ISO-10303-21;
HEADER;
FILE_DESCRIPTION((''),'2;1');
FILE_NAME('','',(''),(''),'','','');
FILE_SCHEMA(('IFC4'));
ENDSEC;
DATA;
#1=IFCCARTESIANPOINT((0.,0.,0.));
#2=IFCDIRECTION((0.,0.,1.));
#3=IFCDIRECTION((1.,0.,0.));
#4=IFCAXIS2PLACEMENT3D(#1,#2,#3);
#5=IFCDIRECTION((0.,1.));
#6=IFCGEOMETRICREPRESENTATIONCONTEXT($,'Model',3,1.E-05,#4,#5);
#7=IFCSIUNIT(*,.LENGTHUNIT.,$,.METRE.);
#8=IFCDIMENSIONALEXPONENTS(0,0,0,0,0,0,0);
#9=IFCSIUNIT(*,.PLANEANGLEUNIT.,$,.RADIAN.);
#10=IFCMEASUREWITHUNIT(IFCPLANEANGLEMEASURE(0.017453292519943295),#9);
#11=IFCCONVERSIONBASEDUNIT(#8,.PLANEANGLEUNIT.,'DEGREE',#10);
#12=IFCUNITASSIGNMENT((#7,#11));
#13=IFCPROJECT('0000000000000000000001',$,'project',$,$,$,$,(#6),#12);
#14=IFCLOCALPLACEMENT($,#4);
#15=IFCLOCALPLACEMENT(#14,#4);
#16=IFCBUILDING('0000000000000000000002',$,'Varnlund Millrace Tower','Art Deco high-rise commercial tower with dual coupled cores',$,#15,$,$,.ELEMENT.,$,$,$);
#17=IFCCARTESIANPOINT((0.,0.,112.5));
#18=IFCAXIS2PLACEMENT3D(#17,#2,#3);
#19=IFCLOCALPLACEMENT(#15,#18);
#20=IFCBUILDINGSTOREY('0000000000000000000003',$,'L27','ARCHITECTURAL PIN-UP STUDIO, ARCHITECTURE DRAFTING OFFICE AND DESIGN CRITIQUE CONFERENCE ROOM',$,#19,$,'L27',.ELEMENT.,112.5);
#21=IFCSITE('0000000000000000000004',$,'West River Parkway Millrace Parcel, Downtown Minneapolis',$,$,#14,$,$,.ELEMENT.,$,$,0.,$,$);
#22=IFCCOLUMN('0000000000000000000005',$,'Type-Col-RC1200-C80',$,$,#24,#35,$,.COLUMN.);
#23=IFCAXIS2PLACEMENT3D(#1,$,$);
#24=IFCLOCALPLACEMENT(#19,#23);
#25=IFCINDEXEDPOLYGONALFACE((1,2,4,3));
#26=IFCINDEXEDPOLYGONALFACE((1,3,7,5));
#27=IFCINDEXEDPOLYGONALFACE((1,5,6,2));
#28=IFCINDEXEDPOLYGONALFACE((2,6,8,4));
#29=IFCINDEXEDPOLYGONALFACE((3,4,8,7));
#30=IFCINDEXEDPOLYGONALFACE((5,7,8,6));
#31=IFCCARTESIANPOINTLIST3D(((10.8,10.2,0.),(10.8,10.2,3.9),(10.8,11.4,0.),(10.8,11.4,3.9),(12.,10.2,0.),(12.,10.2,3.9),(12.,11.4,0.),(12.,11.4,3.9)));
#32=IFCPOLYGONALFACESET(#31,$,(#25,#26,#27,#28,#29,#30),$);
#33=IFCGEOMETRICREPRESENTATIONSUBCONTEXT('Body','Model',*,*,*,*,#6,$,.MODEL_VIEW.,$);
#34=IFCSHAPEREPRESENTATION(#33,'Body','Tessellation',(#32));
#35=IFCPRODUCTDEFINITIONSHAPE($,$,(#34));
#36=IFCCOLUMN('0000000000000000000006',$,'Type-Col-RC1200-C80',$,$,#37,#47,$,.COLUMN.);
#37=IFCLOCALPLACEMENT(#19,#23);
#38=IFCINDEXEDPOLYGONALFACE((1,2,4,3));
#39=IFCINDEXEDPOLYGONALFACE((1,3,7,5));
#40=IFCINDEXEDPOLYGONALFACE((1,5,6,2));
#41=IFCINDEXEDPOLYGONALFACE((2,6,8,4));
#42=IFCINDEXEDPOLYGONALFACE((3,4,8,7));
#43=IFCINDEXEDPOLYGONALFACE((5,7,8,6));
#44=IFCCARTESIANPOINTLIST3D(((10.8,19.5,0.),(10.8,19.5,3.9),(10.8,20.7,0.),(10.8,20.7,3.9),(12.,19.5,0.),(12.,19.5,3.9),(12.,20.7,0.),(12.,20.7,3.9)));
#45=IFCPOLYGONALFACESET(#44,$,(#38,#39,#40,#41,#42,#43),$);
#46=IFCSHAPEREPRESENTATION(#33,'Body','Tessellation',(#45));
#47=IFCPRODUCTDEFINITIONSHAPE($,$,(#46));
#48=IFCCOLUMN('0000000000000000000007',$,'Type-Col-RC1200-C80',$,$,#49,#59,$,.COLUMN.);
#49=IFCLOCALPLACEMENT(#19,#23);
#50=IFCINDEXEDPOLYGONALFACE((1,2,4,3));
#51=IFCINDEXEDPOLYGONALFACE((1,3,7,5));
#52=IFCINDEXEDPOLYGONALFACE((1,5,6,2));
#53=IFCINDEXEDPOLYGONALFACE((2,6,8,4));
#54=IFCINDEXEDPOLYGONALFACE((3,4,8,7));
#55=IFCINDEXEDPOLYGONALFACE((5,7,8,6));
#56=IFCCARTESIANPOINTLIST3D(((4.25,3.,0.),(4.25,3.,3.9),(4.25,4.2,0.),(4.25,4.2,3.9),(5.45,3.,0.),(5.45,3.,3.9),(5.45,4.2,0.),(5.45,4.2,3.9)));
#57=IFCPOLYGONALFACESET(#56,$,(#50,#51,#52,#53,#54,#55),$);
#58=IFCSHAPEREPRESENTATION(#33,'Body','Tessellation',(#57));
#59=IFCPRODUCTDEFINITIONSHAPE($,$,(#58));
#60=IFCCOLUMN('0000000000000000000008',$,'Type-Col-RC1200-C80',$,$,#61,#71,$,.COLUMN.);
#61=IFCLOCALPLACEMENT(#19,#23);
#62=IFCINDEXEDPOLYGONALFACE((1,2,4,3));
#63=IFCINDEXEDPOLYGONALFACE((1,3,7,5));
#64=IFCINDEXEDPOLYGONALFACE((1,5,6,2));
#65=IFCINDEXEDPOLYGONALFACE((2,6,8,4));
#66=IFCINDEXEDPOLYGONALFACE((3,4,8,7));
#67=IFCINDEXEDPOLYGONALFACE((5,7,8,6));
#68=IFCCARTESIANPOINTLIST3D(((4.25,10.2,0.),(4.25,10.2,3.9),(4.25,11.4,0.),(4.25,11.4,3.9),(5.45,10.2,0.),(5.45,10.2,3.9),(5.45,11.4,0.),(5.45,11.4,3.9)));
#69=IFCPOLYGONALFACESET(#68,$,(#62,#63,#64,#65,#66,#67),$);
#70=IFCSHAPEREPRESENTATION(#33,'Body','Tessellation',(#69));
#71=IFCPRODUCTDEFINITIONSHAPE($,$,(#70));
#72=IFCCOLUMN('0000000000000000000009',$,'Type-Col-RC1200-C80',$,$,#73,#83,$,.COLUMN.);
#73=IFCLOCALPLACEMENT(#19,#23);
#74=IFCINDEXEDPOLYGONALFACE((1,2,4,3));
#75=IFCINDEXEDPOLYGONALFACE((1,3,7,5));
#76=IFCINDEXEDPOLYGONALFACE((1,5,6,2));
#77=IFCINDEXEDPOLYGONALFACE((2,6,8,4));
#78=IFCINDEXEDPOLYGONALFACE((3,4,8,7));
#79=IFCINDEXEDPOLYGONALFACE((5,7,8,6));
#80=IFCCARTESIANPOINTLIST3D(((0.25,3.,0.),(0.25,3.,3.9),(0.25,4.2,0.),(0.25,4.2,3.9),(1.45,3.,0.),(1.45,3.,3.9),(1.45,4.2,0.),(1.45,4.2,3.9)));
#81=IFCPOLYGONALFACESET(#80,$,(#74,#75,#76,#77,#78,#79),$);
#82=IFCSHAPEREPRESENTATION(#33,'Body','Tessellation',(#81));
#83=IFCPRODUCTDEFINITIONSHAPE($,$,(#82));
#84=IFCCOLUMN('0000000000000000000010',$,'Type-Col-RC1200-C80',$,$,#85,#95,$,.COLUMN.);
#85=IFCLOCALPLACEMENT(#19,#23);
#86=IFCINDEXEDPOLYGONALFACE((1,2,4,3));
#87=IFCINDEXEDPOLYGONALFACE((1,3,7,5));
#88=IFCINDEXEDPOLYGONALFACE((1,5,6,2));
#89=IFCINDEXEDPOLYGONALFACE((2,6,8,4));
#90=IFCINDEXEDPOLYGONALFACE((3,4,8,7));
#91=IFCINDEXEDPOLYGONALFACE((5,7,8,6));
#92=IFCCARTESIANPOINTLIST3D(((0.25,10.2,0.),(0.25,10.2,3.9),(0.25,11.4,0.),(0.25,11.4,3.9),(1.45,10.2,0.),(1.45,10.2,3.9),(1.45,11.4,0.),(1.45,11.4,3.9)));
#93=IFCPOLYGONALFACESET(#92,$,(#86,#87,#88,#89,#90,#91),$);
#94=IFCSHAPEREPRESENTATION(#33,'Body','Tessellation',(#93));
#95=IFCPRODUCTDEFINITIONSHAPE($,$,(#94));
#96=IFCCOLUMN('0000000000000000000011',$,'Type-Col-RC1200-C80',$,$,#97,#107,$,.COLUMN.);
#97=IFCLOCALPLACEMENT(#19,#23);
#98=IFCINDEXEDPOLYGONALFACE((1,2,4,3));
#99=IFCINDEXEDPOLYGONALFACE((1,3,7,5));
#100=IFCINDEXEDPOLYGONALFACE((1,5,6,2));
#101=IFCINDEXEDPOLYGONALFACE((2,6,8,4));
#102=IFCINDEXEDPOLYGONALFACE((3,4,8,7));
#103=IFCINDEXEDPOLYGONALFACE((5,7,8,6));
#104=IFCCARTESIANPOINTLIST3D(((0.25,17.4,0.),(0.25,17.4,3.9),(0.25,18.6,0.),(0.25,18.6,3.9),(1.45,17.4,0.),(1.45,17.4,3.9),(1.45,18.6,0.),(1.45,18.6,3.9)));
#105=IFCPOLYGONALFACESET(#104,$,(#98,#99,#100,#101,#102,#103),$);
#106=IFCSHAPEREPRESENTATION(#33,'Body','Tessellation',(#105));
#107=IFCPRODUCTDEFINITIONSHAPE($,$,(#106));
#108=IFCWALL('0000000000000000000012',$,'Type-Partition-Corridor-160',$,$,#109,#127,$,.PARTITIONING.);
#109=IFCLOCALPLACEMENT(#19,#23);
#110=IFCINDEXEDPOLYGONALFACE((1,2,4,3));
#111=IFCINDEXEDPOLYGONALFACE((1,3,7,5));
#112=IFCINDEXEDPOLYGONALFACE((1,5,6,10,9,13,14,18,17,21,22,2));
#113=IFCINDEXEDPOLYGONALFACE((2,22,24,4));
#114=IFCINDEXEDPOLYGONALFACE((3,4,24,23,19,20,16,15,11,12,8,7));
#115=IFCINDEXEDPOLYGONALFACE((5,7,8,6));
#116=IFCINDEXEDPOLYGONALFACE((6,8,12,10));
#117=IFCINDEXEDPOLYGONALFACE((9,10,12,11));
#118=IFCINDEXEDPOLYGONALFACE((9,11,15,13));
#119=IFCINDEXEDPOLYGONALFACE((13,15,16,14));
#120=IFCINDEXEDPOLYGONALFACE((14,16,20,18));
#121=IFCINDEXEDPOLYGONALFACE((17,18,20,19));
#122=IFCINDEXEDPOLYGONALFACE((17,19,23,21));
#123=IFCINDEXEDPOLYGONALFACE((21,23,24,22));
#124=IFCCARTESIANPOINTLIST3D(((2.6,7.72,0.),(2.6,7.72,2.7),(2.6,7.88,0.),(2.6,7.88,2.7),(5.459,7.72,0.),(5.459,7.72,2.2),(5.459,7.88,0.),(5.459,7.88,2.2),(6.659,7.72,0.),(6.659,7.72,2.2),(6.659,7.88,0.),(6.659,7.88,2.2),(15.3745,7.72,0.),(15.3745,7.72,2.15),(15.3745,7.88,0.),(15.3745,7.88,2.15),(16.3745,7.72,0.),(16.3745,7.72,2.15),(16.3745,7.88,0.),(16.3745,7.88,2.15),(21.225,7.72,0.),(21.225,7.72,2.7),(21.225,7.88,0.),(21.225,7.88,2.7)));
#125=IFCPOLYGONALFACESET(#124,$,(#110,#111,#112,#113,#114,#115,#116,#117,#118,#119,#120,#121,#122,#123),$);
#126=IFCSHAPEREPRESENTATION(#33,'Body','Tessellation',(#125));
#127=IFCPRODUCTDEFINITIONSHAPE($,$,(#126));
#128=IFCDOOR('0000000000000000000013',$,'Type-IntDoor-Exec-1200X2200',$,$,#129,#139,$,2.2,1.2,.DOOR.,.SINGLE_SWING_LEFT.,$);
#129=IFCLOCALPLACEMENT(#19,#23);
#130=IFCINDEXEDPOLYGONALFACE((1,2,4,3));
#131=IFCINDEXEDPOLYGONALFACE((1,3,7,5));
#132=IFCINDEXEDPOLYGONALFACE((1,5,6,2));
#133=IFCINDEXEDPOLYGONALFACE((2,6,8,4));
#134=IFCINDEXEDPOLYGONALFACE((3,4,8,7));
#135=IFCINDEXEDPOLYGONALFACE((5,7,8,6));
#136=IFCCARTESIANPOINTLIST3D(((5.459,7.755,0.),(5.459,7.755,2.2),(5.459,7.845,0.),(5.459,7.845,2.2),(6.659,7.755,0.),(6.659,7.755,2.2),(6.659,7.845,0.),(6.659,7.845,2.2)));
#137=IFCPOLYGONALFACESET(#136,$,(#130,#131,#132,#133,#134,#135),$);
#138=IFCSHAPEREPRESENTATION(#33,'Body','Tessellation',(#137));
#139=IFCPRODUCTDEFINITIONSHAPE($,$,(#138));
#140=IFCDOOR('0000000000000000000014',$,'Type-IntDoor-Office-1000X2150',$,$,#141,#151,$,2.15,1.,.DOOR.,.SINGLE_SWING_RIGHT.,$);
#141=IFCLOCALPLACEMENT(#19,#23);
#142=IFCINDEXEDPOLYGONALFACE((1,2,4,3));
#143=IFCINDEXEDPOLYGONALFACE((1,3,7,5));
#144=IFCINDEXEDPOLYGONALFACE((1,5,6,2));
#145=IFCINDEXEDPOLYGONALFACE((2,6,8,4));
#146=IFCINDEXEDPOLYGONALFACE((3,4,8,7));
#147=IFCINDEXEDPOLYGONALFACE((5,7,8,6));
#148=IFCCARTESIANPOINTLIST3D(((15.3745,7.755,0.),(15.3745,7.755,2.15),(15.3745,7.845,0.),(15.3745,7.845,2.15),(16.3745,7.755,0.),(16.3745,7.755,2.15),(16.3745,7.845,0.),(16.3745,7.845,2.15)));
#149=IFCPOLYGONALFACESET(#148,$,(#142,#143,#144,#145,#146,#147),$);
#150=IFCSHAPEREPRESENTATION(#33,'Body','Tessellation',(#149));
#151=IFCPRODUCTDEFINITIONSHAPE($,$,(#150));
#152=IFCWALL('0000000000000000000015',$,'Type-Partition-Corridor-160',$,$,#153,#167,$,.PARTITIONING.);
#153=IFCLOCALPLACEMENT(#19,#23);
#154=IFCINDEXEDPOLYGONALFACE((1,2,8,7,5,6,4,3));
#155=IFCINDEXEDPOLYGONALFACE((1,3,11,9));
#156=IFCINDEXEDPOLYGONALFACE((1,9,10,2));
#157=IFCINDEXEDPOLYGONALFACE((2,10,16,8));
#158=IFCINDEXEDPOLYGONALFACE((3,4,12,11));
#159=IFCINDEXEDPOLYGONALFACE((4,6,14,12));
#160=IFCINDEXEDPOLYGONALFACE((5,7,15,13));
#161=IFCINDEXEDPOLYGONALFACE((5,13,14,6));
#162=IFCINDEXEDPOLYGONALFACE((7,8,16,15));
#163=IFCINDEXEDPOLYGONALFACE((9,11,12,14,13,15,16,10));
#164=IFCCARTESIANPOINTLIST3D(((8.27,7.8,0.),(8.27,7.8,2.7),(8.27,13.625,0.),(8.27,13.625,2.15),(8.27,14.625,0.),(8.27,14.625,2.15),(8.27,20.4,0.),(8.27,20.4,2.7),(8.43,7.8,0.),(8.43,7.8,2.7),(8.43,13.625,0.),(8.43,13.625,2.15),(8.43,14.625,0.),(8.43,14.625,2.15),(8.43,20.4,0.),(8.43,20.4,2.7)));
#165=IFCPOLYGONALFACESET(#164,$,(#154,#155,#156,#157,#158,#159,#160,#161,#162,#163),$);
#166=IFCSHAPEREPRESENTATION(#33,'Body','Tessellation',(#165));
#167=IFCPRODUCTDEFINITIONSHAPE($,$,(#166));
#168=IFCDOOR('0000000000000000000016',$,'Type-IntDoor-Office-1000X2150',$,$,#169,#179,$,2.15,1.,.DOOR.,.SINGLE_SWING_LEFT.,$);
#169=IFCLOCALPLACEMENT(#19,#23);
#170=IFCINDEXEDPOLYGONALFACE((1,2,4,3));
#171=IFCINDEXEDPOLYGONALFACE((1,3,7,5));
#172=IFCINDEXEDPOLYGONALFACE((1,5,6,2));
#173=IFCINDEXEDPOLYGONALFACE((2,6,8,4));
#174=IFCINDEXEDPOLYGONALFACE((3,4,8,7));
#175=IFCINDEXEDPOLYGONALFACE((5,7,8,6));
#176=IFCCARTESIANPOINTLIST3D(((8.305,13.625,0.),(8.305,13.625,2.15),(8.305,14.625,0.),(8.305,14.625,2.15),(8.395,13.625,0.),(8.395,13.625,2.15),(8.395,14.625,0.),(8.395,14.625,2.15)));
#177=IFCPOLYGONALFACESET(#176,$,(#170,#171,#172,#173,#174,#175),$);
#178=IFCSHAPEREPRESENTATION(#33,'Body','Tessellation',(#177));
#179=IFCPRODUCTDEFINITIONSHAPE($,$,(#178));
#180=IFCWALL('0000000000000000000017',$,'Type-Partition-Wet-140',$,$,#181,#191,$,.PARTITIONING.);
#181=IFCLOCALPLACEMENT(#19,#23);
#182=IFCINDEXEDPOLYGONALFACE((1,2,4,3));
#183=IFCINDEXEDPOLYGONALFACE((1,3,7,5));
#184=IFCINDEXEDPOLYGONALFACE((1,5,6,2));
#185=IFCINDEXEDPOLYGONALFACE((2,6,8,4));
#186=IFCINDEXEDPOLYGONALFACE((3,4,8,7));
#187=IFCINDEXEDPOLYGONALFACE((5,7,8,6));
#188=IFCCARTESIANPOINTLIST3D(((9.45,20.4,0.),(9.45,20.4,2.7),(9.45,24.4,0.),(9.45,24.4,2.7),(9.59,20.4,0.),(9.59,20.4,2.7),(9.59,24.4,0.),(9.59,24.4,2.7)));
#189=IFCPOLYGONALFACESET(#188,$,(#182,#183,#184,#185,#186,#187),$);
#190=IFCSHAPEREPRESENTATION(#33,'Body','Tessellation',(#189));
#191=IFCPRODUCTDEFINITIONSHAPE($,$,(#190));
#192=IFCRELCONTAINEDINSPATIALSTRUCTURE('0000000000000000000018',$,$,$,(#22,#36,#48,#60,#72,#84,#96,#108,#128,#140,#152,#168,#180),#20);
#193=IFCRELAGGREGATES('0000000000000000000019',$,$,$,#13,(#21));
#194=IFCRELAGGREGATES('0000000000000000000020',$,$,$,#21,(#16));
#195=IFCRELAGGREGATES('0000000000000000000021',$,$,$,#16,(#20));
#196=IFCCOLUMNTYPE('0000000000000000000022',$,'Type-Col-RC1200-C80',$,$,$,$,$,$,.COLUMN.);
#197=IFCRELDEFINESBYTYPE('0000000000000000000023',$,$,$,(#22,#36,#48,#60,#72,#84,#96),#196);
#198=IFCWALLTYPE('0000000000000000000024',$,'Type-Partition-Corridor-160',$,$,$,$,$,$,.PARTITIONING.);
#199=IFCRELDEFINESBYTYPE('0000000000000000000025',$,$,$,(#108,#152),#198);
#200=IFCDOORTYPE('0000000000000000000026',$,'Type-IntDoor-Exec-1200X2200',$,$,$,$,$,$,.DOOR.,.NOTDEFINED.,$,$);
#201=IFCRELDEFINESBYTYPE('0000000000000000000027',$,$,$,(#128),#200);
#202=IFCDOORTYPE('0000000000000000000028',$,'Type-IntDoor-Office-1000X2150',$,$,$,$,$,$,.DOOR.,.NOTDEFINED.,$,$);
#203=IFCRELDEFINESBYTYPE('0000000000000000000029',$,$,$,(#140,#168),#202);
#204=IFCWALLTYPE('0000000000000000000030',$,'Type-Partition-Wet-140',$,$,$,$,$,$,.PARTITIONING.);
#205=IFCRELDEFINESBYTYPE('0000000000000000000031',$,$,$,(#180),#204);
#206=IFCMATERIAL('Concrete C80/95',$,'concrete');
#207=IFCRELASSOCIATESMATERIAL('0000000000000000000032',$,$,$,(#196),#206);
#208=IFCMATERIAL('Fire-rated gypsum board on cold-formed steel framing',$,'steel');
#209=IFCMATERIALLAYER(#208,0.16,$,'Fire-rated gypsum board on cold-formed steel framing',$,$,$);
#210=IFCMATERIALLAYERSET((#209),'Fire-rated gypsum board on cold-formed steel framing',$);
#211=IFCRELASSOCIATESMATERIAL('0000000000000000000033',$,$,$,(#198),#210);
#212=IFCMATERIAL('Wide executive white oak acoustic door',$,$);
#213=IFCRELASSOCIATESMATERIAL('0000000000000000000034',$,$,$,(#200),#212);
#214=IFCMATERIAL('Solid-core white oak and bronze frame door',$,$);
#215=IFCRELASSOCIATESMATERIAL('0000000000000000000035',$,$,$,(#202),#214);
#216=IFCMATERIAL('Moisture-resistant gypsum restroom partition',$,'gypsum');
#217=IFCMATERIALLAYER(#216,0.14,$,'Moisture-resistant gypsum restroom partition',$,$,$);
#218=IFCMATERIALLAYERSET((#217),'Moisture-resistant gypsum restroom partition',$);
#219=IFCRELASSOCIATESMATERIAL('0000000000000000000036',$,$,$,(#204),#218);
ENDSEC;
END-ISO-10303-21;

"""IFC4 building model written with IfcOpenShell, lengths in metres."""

from ifc_helpers import new_model, entity, si_unit, converted_unit, direction, frame, origin_with_axes, origin_2d_with_axis, place, context, subcontext, project, spatial, polyline, rectangle, outline, extrude, material, layer, layer_set, material_profile, profile_set, type_object, element, fill, save


model = new_model("IFC4")

# Units and contexts
model_context = context("Model", 3, precision=1e-05, world=origin_with_axes(), true_north=direction((0.0, 1.0)))
body_context = subcontext(model_context, "Body", "Model", "MODEL_VIEW")
ifc_project = project(units=[si_unit("LENGTHUNIT", "METRE"), converted_unit("PLANEANGLEUNIT", "DEGREE", entity("IfcPlaneAngleMeasure", 0.017453292519943295), si_unit("PLANEANGLEUNIT", "RADIAN"), dimensions=[0, 0, 0, 0, 0, 0, 0])], contexts=[model_context])

# Site, building, storey
site_placement = place(None, origin_with_axes())
site = spatial("IfcSite", under=ifc_project, at=site_placement, Name="West River Parkway Millrace Parcel, Downtown Minneapolis", CompositionType="ELEMENT", RefElevation=0.0)
building_placement = place(site_placement, origin_with_axes())
building = spatial("IfcBuilding", under=site, at=building_placement, Name="Varnlund Millrace Tower", Description="Art Deco high-rise commercial tower with dual coupled cores", CompositionType="ELEMENT")
storey_placement = place(building_placement, frame((0.0, 0.0, 112.5), z_axis=(0.0, 0.0, 1.0), x_axis=(1.0, 0.0, 0.0)))
storey = spatial("IfcBuildingStorey", under=building, at=storey_placement, Name="L27", Description="ARCHITECTURAL PIN-UP STUDIO, ARCHITECTURE DRAFTING OFFICE AND DESIGN CRITIQUE CONFERENCE ROOM", LongName="L27", CompositionType="ELEMENT", Elevation=112.5)

# Columns
ifc_material_1 = material(Name="Concrete C80/95", Category="concrete")
ifc_material_profile = material_profile(ifc_material_1, rectangle(XDim=1.2, YDim=1.2, at=origin_2d_with_axis()), Name="Concrete C80/95")
ifc_profile_set = profile_set([ifc_material_profile], Name="Concrete C80/95")
column_type = type_object("IfcColumnType", Name="Type-Col-RC1200-C80", PredefinedType="COLUMN", material=ifc_profile_set)
for number, where, z_axis, x_axis, name in (
    (1, (11.4, 10.8, 0.0), (0.0, 0.0, 1.0), (1.0, 0.0, 0.0), "Type-Col-RC1200-C80"),
    (2, (11.4, 20.1, 0.0), (0.0, 0.0, 1.0), (1.0, 0.0, 0.0), "Type-Col-RC1200-C80"),
    (3, (4.85, 3.6, 0.0), (0.0, 0.0, 1.0), (1.0, 0.0, 0.0), "Type-Col-RC1200-C80"),
    (4, (4.85, 10.8, 0.0), (0.0, 0.0, 1.0), (1.0, 0.0, 0.0), "Type-Col-RC1200-C80"),
    (5, (0.85, 3.6, 0.0), (0.0, 0.0, 1.0), (1.0, 0.0, 0.0), "Type-Col-RC1200-C80"),
    (6, (0.85, 10.8, 0.0), (0.0, 0.0, 1.0), (1.0, 0.0, 0.0), "Type-Col-RC1200-C80"),
    (7, (0.85, 18.0, 0.0), (0.0, 0.0, 1.0), (1.0, 0.0, 0.0), "Type-Col-RC1200-C80"),
):
    element("IfcColumn", number, at=place(storey_placement, frame(where, z_axis=z_axis, x_axis=x_axis)), inside=storey, type_object=column_type, Name=name, PredefinedType="COLUMN", context=body_context, shape_type="SweptSolid", body=[
        extrude(rectangle(XDim=1.2, YDim=1.2, at=origin_2d_with_axis()), origin_with_axes(), (0.0, 0.0, 1.0), 3.9),
    ])

# Wall, openings, doors
ifc_material_2 = material(Name="Fire-rated gypsum board on cold-formed steel framing", Category="steel")
ifc_layer_1 = layer(ifc_material_2, 0.16, Name="Fire-rated gypsum board on cold-formed steel framing")
ifc_layer_set_1 = layer_set([ifc_layer_1], Name="Fire-rated gypsum board on cold-formed steel framing")
wall_type_1 = type_object("IfcWallType", Name="Type-Partition-Corridor-160", PredefinedType="PARTITIONING", material=ifc_layer_set_1)
wall_1_placement = place(storey_placement, frame((2.6, 7.8, 0.0), z_axis=(0.0, 0.0, 1.0), x_axis=(1.0, 0.0, 0.0)))
wall_1 = element("IfcWall", 8, at=wall_1_placement, inside=storey, type_object=wall_type_1, Name="Type-Partition-Corridor-160", PredefinedType="PARTITIONING", context=body_context, shape_type="SweptSolid", body=[
    extrude(outline(polyline([(0.0, -0.08), (18.625, -0.08), (18.625, 0.08), (0.0, 0.08), (0.0, -0.08)])), origin_with_axes(), (0.0, 0.0, 1.0), 2.7),
])
opening_1_placement = place(wall_1_placement, frame((3.459, 0.0, 0.0), z_axis=(0.0, 0.0, 1.0), x_axis=(1.0, 0.0, 0.0)))
opening_1 = element("IfcOpeningElement", 9, at=opening_1_placement, cuts=wall_1, PredefinedType="OPENING", context=body_context, shape_type="SweptSolid", body=[
    extrude(rectangle(XDim=1.2, YDim=0.18, at=origin_2d_with_axis()), origin_with_axes(), (0.0, 0.0, 1.0), 2.2),
])
opening_2_placement = place(wall_1_placement, frame((13.2745, 0.0, 0.0), z_axis=(0.0, 0.0, 1.0), x_axis=(1.0, 0.0, 0.0)))
opening_2 = element("IfcOpeningElement", 10, at=opening_2_placement, cuts=wall_1, PredefinedType="OPENING", context=body_context, shape_type="SweptSolid", body=[
    extrude(rectangle(XDim=1.0, YDim=0.18, at=origin_2d_with_axis()), origin_with_axes(), (0.0, 0.0, 1.0), 2.15),
])
ifc_material_3 = material(Name="Wide executive white oak acoustic door")
door_type_1 = type_object("IfcDoorType", Name="Type-IntDoor-Exec-1200X2200", OperationType="NOTDEFINED", PredefinedType="DOOR", material=ifc_material_3)
door_1_placement = place(wall_1_placement, frame((3.459, 0.0, 0.0), z_axis=(0.0, 0.0, 1.0), x_axis=(1.0, 0.0, 0.0)))
door_1 = element("IfcDoor", 11, at=door_1_placement, inside=storey, type_object=door_type_1, Name="Type-IntDoor-Exec-1200X2200", OperationType="SINGLE_SWING_LEFT", OverallHeight=2.2, OverallWidth=1.2, PredefinedType="DOOR", context=body_context, shape_type="SweptSolid", body=[
    extrude(rectangle(XDim=1.2, YDim=0.09, at=origin_2d_with_axis()), origin_with_axes(), (0.0, 0.0, 1.0), 2.2),
])
fill(opening_1, door_1)
ifc_material_4 = material(Name="Solid-core white oak and bronze frame door")
door_type_2 = type_object("IfcDoorType", Name="Type-IntDoor-Office-1000X2150", OperationType="NOTDEFINED", PredefinedType="DOOR", material=ifc_material_4)
door_2_placement = place(wall_1_placement, frame((13.2745, 0.0, 0.0), z_axis=(0.0, 0.0, 1.0), x_axis=(1.0, 0.0, 0.0)))
door_2 = element("IfcDoor", 12, at=door_2_placement, inside=storey, type_object=door_type_2, Name="Type-IntDoor-Office-1000X2150", OperationType="SINGLE_SWING_RIGHT", OverallHeight=2.15, OverallWidth=1.0, PredefinedType="DOOR", context=body_context, shape_type="SweptSolid", body=[
    extrude(rectangle(XDim=1.0, YDim=0.09, at=origin_2d_with_axis()), origin_with_axes(), (0.0, 0.0, 1.0), 2.15),
])
fill(opening_2, door_2)

# Wall, opening, door
wall_2_placement = place(storey_placement, frame((8.35, 7.8, 0.0), z_axis=(0.0, 0.0, 1.0), x_axis=(0.0, 1.0, 0.0)))
wall_2 = element("IfcWall", 13, at=wall_2_placement, inside=storey, type_object=wall_type_1, Name="Type-Partition-Corridor-160", PredefinedType="PARTITIONING", context=body_context, shape_type="SweptSolid", body=[
    extrude(outline(polyline([(0.0, -0.08), (12.6, -0.08), (12.6, 0.08), (0.0, 0.08), (0.0, -0.08)])), origin_with_axes(), (0.0, 0.0, 1.0), 2.7),
])
opening_3_placement = place(wall_2_placement, frame((6.325, 0.0, 0.0), z_axis=(0.0, 0.0, 1.0), x_axis=(1.0, 0.0, 0.0)))
opening_3 = element("IfcOpeningElement", 14, at=opening_3_placement, cuts=wall_2, PredefinedType="OPENING", context=body_context, shape_type="SweptSolid", body=[
    extrude(rectangle(XDim=1.0, YDim=0.18, at=origin_2d_with_axis()), origin_with_axes(), (0.0, 0.0, 1.0), 2.15),
])
door_3_placement = place(wall_2_placement, frame((6.325, 0.0, 0.0), z_axis=(0.0, 0.0, 1.0), x_axis=(1.0, 0.0, 0.0)))
door_3 = element("IfcDoor", 15, at=door_3_placement, inside=storey, type_object=door_type_2, Name="Type-IntDoor-Office-1000X2150", OperationType="SINGLE_SWING_LEFT", OverallHeight=2.15, OverallWidth=1.0, PredefinedType="DOOR", context=body_context, shape_type="SweptSolid", body=[
    extrude(rectangle(XDim=1.0, YDim=0.09, at=origin_2d_with_axis()), origin_with_axes(), (0.0, 0.0, 1.0), 2.15),
])
fill(opening_3, door_3)

# Wall
ifc_material_5 = material(Name="Moisture-resistant gypsum restroom partition", Category="gypsum")
ifc_layer_2 = layer(ifc_material_5, 0.14, Name="Moisture-resistant gypsum restroom partition")
ifc_layer_set_2 = layer_set([ifc_layer_2], Name="Moisture-resistant gypsum restroom partition")
wall_type_2 = type_object("IfcWallType", Name="Type-Partition-Wet-140", PredefinedType="PARTITIONING", material=ifc_layer_set_2)
wall_3_placement = place(storey_placement, frame((9.52, 20.4, 0.0), z_axis=(0.0, 0.0, 1.0), x_axis=(0.0, 1.0, 0.0)))
element("IfcWall", 16, at=wall_3_placement, inside=storey, type_object=wall_type_2, Name="Type-Partition-Wet-140", PredefinedType="PARTITIONING", context=body_context, shape_type="SweptSolid", body=[
    extrude(outline(polyline([(0.0, -0.07), (4.0, -0.07), (4.0, 0.07), (0.0, 0.07), (0.0, -0.07)])), origin_with_axes(), (0.0, 0.0, 1.0), 2.7),
])

save(model, "model.ifc")
